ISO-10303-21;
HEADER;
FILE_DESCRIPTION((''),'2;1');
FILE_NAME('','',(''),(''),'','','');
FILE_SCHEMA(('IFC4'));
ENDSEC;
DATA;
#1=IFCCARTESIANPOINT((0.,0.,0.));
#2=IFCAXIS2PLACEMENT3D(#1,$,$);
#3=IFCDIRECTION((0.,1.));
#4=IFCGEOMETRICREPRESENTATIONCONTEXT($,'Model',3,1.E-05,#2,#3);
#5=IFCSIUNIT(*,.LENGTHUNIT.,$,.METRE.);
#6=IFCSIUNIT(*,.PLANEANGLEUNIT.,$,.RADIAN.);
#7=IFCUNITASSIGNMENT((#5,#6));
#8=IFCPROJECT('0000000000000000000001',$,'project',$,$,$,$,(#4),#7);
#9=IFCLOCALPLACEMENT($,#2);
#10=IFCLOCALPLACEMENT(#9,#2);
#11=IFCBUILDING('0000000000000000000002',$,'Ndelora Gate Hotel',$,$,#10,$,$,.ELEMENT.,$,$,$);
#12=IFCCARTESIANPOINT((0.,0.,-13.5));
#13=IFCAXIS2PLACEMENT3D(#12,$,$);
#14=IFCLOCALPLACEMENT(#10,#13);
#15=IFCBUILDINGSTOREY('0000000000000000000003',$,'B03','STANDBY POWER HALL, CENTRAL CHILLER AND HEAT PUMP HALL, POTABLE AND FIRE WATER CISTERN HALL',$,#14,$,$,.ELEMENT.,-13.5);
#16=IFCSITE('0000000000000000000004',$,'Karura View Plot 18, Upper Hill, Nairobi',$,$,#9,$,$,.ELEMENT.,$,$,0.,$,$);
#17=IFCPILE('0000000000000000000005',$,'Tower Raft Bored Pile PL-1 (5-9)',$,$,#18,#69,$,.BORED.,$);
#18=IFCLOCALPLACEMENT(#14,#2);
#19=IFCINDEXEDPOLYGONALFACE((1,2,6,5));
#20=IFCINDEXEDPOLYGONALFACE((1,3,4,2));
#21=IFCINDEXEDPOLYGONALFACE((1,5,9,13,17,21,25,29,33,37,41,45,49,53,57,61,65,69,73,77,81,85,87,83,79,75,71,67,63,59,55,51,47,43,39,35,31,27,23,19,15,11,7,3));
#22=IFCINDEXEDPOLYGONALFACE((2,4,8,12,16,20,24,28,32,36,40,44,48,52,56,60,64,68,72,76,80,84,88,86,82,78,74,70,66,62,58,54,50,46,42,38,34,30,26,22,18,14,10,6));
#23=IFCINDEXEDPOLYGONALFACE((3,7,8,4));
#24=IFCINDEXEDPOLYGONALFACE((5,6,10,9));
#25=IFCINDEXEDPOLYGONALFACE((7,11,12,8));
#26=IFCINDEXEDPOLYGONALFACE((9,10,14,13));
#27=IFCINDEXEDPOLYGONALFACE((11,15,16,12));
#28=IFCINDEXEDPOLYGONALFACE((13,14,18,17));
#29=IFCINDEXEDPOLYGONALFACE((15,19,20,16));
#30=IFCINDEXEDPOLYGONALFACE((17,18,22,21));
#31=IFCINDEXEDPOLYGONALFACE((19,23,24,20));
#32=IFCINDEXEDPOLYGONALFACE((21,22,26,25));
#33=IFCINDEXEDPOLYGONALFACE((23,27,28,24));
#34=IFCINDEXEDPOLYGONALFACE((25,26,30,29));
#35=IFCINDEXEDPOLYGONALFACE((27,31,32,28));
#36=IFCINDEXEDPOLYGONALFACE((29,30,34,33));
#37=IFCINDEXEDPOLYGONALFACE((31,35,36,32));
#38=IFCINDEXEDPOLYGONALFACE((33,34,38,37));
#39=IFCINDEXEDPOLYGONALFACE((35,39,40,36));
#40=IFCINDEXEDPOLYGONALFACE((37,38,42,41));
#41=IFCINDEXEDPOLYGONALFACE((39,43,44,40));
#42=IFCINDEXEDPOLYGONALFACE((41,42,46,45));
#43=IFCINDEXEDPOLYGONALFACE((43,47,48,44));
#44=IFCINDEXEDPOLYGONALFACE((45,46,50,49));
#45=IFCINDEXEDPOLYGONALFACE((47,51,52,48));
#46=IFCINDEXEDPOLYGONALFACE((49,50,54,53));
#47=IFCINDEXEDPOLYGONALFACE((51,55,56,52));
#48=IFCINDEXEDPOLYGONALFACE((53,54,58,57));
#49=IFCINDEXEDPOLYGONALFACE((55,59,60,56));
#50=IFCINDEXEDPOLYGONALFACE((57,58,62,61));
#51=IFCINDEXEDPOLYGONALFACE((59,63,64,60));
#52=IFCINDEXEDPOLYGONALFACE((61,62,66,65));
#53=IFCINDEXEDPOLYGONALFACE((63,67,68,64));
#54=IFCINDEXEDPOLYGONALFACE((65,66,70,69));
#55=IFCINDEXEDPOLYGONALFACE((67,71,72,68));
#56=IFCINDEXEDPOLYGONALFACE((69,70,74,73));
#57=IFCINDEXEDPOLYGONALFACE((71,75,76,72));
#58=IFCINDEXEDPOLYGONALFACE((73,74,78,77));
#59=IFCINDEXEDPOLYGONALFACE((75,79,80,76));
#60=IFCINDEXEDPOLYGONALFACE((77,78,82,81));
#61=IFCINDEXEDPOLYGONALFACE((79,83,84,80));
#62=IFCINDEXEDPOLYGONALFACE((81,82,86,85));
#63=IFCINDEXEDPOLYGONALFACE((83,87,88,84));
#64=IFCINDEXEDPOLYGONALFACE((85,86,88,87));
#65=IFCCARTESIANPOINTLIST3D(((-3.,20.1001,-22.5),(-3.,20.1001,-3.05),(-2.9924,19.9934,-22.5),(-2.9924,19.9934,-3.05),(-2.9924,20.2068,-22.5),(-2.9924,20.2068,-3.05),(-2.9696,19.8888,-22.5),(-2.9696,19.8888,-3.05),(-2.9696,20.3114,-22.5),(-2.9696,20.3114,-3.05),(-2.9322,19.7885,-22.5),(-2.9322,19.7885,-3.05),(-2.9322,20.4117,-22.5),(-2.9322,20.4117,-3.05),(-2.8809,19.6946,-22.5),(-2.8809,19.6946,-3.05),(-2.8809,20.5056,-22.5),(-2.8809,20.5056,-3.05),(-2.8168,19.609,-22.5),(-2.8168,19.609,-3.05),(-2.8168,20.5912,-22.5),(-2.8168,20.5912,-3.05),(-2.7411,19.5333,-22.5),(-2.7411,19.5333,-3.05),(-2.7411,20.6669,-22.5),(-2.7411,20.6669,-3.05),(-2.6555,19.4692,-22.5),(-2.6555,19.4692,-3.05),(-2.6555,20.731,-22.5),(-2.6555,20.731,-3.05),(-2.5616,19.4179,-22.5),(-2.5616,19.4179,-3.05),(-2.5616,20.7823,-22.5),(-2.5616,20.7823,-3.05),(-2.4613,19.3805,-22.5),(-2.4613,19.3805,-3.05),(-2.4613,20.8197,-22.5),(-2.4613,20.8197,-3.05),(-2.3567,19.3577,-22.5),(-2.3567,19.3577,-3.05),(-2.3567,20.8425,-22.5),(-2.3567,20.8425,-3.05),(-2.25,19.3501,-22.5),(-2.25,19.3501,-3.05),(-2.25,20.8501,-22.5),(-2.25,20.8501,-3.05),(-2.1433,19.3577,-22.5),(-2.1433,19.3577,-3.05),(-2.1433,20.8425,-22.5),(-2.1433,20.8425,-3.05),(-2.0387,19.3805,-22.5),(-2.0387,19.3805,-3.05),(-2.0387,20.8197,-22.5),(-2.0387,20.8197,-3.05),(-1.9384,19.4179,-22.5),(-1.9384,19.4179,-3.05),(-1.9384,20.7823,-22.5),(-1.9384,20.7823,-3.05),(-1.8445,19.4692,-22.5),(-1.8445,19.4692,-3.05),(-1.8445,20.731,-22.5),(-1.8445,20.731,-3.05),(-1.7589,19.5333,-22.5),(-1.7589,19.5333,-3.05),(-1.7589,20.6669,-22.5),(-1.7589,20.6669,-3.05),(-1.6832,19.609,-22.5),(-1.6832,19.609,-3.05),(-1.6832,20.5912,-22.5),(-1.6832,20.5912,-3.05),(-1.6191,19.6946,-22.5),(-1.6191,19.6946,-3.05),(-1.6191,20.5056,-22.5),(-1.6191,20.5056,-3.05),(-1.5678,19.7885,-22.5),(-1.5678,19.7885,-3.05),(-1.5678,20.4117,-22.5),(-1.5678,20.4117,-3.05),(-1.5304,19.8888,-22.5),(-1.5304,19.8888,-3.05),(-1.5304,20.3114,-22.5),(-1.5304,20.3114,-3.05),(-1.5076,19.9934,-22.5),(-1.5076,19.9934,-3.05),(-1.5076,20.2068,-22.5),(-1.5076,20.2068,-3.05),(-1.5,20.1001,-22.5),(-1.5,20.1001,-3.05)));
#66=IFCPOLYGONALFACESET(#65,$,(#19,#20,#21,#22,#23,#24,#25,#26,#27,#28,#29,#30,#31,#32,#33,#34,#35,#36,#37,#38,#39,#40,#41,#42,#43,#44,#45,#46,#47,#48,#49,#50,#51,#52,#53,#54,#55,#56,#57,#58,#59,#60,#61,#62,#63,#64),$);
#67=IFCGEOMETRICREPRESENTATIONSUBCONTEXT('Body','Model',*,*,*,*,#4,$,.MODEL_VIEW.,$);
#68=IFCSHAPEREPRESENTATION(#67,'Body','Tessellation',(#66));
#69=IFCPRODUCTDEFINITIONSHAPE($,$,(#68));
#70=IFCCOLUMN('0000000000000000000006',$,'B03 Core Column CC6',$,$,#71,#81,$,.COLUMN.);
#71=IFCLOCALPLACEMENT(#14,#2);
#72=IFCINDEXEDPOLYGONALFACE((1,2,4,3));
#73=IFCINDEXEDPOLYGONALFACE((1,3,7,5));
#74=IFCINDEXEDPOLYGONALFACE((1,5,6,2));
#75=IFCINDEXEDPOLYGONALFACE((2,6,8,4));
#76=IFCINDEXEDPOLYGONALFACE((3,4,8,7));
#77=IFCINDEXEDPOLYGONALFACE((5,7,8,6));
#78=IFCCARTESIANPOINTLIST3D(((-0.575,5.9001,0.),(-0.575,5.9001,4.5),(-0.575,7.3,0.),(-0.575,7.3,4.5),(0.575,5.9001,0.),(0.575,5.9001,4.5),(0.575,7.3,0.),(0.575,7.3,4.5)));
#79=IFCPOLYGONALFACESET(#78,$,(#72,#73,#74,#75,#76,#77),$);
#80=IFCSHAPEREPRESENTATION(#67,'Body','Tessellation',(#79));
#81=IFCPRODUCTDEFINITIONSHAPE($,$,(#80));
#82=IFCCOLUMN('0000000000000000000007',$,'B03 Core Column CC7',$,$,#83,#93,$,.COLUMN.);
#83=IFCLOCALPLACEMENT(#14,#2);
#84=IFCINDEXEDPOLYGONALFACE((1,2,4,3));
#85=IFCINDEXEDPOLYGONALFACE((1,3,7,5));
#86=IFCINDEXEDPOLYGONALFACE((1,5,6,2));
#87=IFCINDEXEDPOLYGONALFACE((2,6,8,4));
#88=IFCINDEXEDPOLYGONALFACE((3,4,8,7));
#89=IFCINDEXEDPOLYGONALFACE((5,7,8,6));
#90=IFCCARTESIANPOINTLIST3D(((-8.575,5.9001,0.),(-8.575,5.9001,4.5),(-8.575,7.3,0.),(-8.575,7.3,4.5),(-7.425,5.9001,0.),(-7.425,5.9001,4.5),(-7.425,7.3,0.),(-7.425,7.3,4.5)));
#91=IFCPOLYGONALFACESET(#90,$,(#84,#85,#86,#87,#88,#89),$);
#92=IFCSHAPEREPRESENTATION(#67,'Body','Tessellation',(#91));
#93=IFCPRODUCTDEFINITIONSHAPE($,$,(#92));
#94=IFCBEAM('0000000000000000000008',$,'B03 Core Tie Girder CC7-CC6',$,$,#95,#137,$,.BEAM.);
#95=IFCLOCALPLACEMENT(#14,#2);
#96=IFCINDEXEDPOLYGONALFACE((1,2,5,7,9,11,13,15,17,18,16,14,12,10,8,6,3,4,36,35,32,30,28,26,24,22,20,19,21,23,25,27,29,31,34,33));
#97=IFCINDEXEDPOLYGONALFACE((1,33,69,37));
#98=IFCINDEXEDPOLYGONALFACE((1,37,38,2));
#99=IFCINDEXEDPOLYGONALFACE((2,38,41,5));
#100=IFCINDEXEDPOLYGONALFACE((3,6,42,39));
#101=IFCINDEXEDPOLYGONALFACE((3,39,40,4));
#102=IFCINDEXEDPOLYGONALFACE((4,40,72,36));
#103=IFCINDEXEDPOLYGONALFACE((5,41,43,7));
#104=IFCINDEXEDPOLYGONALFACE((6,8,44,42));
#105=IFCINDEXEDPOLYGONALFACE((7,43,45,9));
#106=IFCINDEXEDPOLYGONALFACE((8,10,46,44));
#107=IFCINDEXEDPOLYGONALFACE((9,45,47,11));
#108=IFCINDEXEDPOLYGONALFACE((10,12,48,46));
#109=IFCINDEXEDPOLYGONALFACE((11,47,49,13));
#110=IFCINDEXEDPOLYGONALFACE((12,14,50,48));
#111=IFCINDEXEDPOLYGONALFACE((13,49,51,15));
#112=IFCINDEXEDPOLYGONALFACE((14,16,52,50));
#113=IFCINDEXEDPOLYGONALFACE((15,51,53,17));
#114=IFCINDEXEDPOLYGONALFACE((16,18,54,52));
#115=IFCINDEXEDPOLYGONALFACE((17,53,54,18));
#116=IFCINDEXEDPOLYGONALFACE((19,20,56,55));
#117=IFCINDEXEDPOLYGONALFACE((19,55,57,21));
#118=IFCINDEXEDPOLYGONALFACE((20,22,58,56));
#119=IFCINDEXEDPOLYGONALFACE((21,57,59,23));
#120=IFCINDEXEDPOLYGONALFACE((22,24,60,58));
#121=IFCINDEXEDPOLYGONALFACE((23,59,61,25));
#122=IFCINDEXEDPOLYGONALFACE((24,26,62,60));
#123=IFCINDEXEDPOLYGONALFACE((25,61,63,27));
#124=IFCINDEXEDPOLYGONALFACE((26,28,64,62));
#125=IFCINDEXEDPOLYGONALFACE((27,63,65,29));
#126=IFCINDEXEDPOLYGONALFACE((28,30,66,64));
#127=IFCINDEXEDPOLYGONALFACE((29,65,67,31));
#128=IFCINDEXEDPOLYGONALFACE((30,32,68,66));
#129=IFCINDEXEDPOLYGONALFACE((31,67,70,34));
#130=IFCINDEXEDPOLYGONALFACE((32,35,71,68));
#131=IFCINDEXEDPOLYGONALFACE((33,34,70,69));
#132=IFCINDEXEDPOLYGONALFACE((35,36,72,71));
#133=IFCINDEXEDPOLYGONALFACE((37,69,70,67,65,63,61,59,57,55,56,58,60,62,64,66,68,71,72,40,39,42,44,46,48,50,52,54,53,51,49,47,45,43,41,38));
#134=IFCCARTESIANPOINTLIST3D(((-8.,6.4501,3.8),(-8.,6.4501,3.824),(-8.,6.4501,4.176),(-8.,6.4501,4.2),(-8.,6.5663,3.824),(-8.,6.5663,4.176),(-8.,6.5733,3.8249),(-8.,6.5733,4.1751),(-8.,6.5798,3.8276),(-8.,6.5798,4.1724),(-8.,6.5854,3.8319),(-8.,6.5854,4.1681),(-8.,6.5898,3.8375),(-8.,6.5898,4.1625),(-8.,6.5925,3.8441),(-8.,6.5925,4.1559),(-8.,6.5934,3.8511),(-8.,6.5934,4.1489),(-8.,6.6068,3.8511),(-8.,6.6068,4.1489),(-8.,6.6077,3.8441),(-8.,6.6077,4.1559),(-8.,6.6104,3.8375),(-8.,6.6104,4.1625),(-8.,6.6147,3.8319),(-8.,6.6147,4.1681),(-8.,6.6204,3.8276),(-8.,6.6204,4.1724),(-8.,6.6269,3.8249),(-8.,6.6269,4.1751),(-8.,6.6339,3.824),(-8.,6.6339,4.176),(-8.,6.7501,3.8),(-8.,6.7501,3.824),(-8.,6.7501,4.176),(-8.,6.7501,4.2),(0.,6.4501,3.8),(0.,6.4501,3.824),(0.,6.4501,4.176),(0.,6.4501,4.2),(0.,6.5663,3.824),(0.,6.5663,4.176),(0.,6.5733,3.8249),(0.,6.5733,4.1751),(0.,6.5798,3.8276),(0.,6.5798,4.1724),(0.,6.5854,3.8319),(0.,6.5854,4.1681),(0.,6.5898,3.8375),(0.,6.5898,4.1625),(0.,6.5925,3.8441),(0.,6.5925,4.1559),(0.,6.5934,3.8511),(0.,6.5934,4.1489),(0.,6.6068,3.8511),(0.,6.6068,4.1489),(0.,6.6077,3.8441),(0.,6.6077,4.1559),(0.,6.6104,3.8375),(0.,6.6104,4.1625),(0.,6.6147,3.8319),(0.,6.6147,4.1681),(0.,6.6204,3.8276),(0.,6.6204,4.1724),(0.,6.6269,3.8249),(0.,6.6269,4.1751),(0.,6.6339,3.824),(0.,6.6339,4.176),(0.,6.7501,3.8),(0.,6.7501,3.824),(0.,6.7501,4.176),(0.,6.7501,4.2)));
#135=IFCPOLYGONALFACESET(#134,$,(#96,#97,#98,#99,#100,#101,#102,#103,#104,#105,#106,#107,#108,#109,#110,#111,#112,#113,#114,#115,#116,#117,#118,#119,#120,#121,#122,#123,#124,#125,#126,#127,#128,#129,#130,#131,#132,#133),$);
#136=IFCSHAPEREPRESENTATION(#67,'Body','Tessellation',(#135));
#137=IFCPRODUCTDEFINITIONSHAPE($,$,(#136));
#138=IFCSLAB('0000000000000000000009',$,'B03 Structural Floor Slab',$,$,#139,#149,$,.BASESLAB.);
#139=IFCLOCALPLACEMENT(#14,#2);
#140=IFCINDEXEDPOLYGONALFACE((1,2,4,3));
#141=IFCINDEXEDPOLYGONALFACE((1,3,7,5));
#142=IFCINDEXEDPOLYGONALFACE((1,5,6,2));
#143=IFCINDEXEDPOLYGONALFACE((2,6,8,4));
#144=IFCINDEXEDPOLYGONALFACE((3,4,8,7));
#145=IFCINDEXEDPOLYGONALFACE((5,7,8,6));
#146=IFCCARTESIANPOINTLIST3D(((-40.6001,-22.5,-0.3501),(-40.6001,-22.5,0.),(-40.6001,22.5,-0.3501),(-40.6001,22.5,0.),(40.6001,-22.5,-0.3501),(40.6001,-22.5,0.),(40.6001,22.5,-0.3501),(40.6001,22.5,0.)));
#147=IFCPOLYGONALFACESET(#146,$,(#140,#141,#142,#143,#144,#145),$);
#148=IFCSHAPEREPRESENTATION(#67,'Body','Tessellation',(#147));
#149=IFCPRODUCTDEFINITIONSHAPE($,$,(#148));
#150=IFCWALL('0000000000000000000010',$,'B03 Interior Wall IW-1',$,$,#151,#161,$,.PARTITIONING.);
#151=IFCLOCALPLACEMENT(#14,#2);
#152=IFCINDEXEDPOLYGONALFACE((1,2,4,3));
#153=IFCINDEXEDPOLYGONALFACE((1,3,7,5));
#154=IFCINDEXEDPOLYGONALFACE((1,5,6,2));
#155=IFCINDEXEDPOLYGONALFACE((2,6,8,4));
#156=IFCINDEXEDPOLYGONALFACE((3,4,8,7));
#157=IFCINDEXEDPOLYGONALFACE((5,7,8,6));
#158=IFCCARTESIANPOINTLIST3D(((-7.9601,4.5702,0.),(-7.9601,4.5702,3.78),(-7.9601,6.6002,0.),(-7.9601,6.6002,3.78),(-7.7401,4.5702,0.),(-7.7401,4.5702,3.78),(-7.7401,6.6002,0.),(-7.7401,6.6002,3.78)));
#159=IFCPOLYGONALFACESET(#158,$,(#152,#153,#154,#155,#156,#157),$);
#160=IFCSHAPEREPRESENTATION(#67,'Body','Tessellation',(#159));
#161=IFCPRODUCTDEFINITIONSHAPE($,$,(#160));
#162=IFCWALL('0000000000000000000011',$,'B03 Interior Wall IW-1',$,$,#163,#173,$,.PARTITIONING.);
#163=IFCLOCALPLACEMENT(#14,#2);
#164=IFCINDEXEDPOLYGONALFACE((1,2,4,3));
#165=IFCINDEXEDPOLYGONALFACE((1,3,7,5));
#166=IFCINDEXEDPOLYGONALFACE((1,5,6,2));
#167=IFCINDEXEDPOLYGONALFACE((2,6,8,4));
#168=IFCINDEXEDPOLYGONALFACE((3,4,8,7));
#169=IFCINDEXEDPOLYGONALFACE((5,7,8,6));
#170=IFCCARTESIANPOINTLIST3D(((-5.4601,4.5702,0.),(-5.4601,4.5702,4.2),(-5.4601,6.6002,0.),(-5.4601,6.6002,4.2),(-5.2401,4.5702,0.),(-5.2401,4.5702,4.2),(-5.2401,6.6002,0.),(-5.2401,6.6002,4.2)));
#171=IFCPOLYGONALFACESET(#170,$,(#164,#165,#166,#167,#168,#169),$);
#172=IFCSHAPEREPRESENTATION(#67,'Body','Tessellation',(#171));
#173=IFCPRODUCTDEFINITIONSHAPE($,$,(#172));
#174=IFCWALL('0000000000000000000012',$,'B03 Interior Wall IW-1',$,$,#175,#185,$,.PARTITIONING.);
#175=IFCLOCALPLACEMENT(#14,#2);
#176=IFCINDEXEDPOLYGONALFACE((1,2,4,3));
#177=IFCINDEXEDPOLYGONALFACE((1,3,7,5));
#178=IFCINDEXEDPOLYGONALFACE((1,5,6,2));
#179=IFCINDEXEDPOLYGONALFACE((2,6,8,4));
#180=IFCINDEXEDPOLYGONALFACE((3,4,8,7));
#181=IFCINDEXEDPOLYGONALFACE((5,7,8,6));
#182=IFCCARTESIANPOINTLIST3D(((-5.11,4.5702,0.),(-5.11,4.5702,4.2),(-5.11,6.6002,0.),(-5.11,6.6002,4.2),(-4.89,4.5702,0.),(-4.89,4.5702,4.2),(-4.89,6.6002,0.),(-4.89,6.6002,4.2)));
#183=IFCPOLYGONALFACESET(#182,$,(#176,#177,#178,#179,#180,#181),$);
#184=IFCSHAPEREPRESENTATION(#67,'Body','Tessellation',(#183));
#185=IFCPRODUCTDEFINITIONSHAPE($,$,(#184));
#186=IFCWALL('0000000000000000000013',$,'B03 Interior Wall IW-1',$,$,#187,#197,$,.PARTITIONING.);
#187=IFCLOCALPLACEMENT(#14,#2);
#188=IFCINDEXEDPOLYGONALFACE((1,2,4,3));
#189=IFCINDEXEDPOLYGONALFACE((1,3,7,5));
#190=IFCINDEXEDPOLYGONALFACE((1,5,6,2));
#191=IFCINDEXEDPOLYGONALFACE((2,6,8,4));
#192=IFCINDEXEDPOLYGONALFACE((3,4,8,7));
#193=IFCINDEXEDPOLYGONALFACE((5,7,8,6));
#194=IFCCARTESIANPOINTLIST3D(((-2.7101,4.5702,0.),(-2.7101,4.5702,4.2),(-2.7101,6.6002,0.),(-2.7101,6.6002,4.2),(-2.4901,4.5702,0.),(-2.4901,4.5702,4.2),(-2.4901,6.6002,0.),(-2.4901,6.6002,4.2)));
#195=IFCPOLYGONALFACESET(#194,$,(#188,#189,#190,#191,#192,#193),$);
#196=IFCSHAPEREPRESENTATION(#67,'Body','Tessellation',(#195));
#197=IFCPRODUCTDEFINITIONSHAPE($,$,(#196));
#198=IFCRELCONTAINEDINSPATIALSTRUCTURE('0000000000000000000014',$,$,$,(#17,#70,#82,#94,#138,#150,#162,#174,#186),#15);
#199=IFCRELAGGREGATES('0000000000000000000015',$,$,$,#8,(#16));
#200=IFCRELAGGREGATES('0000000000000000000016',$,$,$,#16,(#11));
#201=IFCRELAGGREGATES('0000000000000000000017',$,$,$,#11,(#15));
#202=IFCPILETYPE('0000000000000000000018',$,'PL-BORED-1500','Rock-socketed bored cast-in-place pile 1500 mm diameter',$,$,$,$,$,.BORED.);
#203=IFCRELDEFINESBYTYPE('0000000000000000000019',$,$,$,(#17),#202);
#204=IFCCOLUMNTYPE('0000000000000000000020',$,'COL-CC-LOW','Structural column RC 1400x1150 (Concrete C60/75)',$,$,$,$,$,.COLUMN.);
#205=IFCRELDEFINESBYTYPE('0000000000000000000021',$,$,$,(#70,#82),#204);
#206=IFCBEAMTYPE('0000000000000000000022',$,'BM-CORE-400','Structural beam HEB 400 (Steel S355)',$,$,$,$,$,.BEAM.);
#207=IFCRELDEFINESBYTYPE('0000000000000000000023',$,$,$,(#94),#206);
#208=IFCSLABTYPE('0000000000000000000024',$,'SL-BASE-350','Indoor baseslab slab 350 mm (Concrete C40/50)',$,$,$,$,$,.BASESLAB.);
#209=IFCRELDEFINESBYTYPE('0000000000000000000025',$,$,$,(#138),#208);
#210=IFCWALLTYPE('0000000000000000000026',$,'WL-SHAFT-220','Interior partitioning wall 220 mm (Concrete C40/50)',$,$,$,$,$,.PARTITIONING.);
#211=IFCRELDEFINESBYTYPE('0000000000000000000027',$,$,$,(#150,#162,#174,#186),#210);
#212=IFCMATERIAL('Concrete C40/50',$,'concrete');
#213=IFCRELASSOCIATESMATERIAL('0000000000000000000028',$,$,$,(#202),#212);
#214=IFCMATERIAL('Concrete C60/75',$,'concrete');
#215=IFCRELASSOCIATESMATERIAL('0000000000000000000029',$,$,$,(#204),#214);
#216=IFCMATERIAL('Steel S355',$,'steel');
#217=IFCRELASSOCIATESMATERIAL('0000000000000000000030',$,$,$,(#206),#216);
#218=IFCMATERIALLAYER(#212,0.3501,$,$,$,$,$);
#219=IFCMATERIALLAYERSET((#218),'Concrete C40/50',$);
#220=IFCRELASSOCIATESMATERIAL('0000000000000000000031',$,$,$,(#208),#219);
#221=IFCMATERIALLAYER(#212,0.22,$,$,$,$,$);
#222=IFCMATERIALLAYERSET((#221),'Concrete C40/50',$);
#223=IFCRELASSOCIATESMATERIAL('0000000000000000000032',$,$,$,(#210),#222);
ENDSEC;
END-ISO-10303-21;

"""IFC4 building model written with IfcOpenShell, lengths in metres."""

from ifc_helpers import new_model, si_unit, direction, frame, frame_2d, origin, origin_2d, place, context, subcontext, project, spatial, polyline, rectangle, circle, i_section, outline, extrude, material, layer, layer_set, material_profile, profile_set, type_object, element, save


model = new_model("IFC4")

# Units and contexts
model_context = context("Model", 3, precision=1e-05, world=origin(), true_north=direction((0.0, 1.0)))
body_context = subcontext(model_context, "Body", "Model", "MODEL_VIEW")
ifc_project = project(units=[si_unit("LENGTHUNIT", "METRE"), si_unit("PLANEANGLEUNIT", "RADIAN")], contexts=[model_context])

# Site, building, storey
site_placement = place(None, origin())
site = spatial("IfcSite", under=ifc_project, at=site_placement, Name="Karura View Plot 18, Upper Hill, Nairobi", CompositionType="ELEMENT", RefElevation=0.0)
building_placement = place(site_placement, origin())
building = spatial("IfcBuilding", under=site, at=building_placement, Name="Ndelora Gate Hotel", CompositionType="ELEMENT")
storey_placement = place(building_placement, frame((0.0, 0.0, -13.5)))
storey = spatial("IfcBuildingStorey", under=building, at=storey_placement, Name="B03", Description="STANDBY POWER HALL, CENTRAL CHILLER AND HEAT PUMP HALL, POTABLE AND FIRE WATER CISTERN HALL", CompositionType="ELEMENT", Elevation=-13.5)

# Pile
ifc_material_1 = material(Name="Concrete C40/50", Category="concrete")
ifc_material_profile_1 = material_profile(ifc_material_1, circle(Radius=0.75, at=origin_2d()), Name="PILE D1500")
ifc_profile_set_1 = profile_set([ifc_material_profile_1], Name="Concrete C40/50")
pile_type = type_object("IfcPileType", Name="PL-BORED-1500", Description="Rock-socketed bored cast-in-place pile 1500 mm diameter", PredefinedType="BORED", material=ifc_profile_set_1)
for number, where, z_axis, x_axis, name in (
    (1, (-2.25, 20.1001, -3.05), (0.0, 0.0, -1.0), (1.0, 0.0, 0.0), "Tower Raft Bored Pile PL-1 (5-9)"),
):
    element("IfcPile", number, at=place(storey_placement, frame(where, z_axis=z_axis, x_axis=x_axis)), inside=storey, type_object=pile_type, Name=name, PredefinedType="BORED", context=body_context, shape_type="SweptSolid", body=[
        extrude(circle(Radius=0.75, at=origin_2d()), origin(), (0.0, 0.0, 1.0), 19.45),
    ])

# Columns
ifc_material_2 = material(Name="Concrete C60/75", Category="concrete")
ifc_material_profile_2 = material_profile(ifc_material_2, rectangle(XDim=1.1499, YDim=1.3999, at=origin_2d()), Name="RC 1400x1150")
ifc_profile_set_2 = profile_set([ifc_material_profile_2], Name="Concrete C60/75")
column_type = type_object("IfcColumnType", Name="COL-CC-LOW", Description="Structural column RC 1400x1150 (Concrete C60/75)", PredefinedType="COLUMN", material=ifc_profile_set_2)
for number, where, z_axis, x_axis, name in (
    (2, (0.0, 6.6001, 0.0), (0.0, 0.0, 1.0), (1.0, 0.0, 0.0), "B03 Core Column CC6"),
    (3, (-8.0, 6.6001, 0.0), (0.0, 0.0, 1.0), (1.0, 0.0, 0.0), "B03 Core Column CC7"),
):
    element("IfcColumn", number, at=place(storey_placement, frame(where, z_axis=z_axis, x_axis=x_axis)), inside=storey, type_object=column_type, Name=name, PredefinedType="COLUMN", context=body_context, shape_type="SweptSolid", body=[
        extrude(rectangle(XDim=1.1499, YDim=1.3999, at=origin_2d()), origin(), (0.0, 0.0, 1.0), 4.5),
    ])

# Beam
ifc_material_3 = material(Name="Steel S355", Category="steel")
ifc_material_profile_3 = material_profile(ifc_material_3, i_section(OverallWidth=0.3, OverallDepth=0.3999, WebThickness=0.0134, FlangeThickness=0.0239, FilletRadius=0.0271, at=origin_2d()), Name="HEB 400")
ifc_profile_set_3 = profile_set([ifc_material_profile_3], Name="Steel S355")
beam_type = type_object("IfcBeamType", Name="BM-CORE-400", Description="Structural beam HEB 400 (Steel S355)", PredefinedType="BEAM", material=ifc_profile_set_3)
beam_placement = place(storey_placement, frame((-8.0, 6.6001, 4.0), z_axis=(1.0, 0.0, 0.0), x_axis=(0.0, 1.0, 0.0)))
element("IfcBeam", 4, at=beam_placement, inside=storey, type_object=beam_type, Name="B03 Core Tie Girder CC7-CC6", PredefinedType="BEAM", context=body_context, shape_type="SweptSolid", body=[
    extrude(i_section(OverallWidth=0.3, OverallDepth=0.3999, WebThickness=0.0134, FlangeThickness=0.0239, FilletRadius=0.0271, at=origin_2d()), origin(), (0.0, 0.0, 1.0), 8.0),
])

# Slab
ifc_layer_1 = layer(ifc_material_1, 0.3501)
ifc_layer_set_1 = layer_set([ifc_layer_1], Name="Concrete C40/50")
slab_type = type_object("IfcSlabType", Name="SL-BASE-350", Description="Indoor baseslab slab 350 mm (Concrete C40/50)", PredefinedType="BASESLAB", material=ifc_layer_set_1)
slab_placement = place(storey_placement, frame((0.0, 0.0, -0.3501)))
element("IfcSlab", 5, at=slab_placement, inside=storey, type_object=slab_type, Name="B03 Structural Floor Slab", PredefinedType="BASESLAB", context=body_context, shape_type="SweptSolid", body=[
    extrude(outline(polyline([(-40.6001, -22.5), (40.6001, -22.5), (40.6001, 22.5), (-40.6001, 22.5), (-40.6001, -22.5)])), origin(), (0.0, 0.0, 1.0), 0.3501),
])

# Shared definitions
ifc_layer_2 = layer(ifc_material_1, 0.22)
ifc_layer_set_2 = layer_set([ifc_layer_2], Name="Concrete C40/50")
wall_type_1 = type_object("IfcWallType", Name="WL-SHAFT-220", Description="Interior partitioning wall 220 mm (Concrete C40/50)", PredefinedType="PARTITIONING", material=ifc_layer_set_2)

# Walls
wall_1_placement = place(storey_placement, frame((-7.8501, 4.5701, 0.0), z_axis=(0.0, 0.0, 1.0), x_axis=(0.0, 1.0, 0.0)))
element("IfcWall", 6, at=wall_1_placement, inside=storey, type_object=wall_type_1, Name="B03 Interior Wall IW-1", PredefinedType="PARTITIONING", context=body_context, shape_type="SweptSolid", body=[
    extrude(rectangle(XDim=2.03, YDim=0.22, at=frame_2d((1.0151, 0.0))), origin(), (0.0, 0.0, 1.0), 3.78),
])
wall_2_placement = place(storey_placement, frame((-5.3501, 4.5701, 0.0), z_axis=(0.0, 0.0, 1.0), x_axis=(0.0, 1.0, 0.0)))
element("IfcWall", 7, at=wall_2_placement, inside=storey, type_object=wall_type_1, Name="B03 Interior Wall IW-1", PredefinedType="PARTITIONING", context=body_context, shape_type="SweptSolid", body=[
    extrude(rectangle(XDim=2.03, YDim=0.22, at=frame_2d((1.0151, 0.0))), origin(), (0.0, 0.0, 1.0), 4.2),
])

# Walls
for number, where, z_axis, x_axis, name in (
    (8, (-5.0, 4.5701, 0.0), (0.0, 0.0, 1.0), (0.0, 1.0, 0.0), "B03 Interior Wall IW-1"),
    (9, (-2.6001, 4.5701, 0.0), (0.0, 0.0, 1.0), (0.0, 1.0, 0.0), "B03 Interior Wall IW-1"),
):
    element("IfcWall", number, at=place(storey_placement, frame(where, z_axis=z_axis, x_axis=x_axis)), inside=storey, type_object=wall_type_1, Name=name, PredefinedType="PARTITIONING", context=body_context, shape_type="SweptSolid", body=[
        extrude(rectangle(XDim=2.03, YDim=0.22, at=frame_2d((1.0151, 0.0))), origin(), (0.0, 0.0, 1.0), 4.2),
    ])

save(model, "model.ifc")
